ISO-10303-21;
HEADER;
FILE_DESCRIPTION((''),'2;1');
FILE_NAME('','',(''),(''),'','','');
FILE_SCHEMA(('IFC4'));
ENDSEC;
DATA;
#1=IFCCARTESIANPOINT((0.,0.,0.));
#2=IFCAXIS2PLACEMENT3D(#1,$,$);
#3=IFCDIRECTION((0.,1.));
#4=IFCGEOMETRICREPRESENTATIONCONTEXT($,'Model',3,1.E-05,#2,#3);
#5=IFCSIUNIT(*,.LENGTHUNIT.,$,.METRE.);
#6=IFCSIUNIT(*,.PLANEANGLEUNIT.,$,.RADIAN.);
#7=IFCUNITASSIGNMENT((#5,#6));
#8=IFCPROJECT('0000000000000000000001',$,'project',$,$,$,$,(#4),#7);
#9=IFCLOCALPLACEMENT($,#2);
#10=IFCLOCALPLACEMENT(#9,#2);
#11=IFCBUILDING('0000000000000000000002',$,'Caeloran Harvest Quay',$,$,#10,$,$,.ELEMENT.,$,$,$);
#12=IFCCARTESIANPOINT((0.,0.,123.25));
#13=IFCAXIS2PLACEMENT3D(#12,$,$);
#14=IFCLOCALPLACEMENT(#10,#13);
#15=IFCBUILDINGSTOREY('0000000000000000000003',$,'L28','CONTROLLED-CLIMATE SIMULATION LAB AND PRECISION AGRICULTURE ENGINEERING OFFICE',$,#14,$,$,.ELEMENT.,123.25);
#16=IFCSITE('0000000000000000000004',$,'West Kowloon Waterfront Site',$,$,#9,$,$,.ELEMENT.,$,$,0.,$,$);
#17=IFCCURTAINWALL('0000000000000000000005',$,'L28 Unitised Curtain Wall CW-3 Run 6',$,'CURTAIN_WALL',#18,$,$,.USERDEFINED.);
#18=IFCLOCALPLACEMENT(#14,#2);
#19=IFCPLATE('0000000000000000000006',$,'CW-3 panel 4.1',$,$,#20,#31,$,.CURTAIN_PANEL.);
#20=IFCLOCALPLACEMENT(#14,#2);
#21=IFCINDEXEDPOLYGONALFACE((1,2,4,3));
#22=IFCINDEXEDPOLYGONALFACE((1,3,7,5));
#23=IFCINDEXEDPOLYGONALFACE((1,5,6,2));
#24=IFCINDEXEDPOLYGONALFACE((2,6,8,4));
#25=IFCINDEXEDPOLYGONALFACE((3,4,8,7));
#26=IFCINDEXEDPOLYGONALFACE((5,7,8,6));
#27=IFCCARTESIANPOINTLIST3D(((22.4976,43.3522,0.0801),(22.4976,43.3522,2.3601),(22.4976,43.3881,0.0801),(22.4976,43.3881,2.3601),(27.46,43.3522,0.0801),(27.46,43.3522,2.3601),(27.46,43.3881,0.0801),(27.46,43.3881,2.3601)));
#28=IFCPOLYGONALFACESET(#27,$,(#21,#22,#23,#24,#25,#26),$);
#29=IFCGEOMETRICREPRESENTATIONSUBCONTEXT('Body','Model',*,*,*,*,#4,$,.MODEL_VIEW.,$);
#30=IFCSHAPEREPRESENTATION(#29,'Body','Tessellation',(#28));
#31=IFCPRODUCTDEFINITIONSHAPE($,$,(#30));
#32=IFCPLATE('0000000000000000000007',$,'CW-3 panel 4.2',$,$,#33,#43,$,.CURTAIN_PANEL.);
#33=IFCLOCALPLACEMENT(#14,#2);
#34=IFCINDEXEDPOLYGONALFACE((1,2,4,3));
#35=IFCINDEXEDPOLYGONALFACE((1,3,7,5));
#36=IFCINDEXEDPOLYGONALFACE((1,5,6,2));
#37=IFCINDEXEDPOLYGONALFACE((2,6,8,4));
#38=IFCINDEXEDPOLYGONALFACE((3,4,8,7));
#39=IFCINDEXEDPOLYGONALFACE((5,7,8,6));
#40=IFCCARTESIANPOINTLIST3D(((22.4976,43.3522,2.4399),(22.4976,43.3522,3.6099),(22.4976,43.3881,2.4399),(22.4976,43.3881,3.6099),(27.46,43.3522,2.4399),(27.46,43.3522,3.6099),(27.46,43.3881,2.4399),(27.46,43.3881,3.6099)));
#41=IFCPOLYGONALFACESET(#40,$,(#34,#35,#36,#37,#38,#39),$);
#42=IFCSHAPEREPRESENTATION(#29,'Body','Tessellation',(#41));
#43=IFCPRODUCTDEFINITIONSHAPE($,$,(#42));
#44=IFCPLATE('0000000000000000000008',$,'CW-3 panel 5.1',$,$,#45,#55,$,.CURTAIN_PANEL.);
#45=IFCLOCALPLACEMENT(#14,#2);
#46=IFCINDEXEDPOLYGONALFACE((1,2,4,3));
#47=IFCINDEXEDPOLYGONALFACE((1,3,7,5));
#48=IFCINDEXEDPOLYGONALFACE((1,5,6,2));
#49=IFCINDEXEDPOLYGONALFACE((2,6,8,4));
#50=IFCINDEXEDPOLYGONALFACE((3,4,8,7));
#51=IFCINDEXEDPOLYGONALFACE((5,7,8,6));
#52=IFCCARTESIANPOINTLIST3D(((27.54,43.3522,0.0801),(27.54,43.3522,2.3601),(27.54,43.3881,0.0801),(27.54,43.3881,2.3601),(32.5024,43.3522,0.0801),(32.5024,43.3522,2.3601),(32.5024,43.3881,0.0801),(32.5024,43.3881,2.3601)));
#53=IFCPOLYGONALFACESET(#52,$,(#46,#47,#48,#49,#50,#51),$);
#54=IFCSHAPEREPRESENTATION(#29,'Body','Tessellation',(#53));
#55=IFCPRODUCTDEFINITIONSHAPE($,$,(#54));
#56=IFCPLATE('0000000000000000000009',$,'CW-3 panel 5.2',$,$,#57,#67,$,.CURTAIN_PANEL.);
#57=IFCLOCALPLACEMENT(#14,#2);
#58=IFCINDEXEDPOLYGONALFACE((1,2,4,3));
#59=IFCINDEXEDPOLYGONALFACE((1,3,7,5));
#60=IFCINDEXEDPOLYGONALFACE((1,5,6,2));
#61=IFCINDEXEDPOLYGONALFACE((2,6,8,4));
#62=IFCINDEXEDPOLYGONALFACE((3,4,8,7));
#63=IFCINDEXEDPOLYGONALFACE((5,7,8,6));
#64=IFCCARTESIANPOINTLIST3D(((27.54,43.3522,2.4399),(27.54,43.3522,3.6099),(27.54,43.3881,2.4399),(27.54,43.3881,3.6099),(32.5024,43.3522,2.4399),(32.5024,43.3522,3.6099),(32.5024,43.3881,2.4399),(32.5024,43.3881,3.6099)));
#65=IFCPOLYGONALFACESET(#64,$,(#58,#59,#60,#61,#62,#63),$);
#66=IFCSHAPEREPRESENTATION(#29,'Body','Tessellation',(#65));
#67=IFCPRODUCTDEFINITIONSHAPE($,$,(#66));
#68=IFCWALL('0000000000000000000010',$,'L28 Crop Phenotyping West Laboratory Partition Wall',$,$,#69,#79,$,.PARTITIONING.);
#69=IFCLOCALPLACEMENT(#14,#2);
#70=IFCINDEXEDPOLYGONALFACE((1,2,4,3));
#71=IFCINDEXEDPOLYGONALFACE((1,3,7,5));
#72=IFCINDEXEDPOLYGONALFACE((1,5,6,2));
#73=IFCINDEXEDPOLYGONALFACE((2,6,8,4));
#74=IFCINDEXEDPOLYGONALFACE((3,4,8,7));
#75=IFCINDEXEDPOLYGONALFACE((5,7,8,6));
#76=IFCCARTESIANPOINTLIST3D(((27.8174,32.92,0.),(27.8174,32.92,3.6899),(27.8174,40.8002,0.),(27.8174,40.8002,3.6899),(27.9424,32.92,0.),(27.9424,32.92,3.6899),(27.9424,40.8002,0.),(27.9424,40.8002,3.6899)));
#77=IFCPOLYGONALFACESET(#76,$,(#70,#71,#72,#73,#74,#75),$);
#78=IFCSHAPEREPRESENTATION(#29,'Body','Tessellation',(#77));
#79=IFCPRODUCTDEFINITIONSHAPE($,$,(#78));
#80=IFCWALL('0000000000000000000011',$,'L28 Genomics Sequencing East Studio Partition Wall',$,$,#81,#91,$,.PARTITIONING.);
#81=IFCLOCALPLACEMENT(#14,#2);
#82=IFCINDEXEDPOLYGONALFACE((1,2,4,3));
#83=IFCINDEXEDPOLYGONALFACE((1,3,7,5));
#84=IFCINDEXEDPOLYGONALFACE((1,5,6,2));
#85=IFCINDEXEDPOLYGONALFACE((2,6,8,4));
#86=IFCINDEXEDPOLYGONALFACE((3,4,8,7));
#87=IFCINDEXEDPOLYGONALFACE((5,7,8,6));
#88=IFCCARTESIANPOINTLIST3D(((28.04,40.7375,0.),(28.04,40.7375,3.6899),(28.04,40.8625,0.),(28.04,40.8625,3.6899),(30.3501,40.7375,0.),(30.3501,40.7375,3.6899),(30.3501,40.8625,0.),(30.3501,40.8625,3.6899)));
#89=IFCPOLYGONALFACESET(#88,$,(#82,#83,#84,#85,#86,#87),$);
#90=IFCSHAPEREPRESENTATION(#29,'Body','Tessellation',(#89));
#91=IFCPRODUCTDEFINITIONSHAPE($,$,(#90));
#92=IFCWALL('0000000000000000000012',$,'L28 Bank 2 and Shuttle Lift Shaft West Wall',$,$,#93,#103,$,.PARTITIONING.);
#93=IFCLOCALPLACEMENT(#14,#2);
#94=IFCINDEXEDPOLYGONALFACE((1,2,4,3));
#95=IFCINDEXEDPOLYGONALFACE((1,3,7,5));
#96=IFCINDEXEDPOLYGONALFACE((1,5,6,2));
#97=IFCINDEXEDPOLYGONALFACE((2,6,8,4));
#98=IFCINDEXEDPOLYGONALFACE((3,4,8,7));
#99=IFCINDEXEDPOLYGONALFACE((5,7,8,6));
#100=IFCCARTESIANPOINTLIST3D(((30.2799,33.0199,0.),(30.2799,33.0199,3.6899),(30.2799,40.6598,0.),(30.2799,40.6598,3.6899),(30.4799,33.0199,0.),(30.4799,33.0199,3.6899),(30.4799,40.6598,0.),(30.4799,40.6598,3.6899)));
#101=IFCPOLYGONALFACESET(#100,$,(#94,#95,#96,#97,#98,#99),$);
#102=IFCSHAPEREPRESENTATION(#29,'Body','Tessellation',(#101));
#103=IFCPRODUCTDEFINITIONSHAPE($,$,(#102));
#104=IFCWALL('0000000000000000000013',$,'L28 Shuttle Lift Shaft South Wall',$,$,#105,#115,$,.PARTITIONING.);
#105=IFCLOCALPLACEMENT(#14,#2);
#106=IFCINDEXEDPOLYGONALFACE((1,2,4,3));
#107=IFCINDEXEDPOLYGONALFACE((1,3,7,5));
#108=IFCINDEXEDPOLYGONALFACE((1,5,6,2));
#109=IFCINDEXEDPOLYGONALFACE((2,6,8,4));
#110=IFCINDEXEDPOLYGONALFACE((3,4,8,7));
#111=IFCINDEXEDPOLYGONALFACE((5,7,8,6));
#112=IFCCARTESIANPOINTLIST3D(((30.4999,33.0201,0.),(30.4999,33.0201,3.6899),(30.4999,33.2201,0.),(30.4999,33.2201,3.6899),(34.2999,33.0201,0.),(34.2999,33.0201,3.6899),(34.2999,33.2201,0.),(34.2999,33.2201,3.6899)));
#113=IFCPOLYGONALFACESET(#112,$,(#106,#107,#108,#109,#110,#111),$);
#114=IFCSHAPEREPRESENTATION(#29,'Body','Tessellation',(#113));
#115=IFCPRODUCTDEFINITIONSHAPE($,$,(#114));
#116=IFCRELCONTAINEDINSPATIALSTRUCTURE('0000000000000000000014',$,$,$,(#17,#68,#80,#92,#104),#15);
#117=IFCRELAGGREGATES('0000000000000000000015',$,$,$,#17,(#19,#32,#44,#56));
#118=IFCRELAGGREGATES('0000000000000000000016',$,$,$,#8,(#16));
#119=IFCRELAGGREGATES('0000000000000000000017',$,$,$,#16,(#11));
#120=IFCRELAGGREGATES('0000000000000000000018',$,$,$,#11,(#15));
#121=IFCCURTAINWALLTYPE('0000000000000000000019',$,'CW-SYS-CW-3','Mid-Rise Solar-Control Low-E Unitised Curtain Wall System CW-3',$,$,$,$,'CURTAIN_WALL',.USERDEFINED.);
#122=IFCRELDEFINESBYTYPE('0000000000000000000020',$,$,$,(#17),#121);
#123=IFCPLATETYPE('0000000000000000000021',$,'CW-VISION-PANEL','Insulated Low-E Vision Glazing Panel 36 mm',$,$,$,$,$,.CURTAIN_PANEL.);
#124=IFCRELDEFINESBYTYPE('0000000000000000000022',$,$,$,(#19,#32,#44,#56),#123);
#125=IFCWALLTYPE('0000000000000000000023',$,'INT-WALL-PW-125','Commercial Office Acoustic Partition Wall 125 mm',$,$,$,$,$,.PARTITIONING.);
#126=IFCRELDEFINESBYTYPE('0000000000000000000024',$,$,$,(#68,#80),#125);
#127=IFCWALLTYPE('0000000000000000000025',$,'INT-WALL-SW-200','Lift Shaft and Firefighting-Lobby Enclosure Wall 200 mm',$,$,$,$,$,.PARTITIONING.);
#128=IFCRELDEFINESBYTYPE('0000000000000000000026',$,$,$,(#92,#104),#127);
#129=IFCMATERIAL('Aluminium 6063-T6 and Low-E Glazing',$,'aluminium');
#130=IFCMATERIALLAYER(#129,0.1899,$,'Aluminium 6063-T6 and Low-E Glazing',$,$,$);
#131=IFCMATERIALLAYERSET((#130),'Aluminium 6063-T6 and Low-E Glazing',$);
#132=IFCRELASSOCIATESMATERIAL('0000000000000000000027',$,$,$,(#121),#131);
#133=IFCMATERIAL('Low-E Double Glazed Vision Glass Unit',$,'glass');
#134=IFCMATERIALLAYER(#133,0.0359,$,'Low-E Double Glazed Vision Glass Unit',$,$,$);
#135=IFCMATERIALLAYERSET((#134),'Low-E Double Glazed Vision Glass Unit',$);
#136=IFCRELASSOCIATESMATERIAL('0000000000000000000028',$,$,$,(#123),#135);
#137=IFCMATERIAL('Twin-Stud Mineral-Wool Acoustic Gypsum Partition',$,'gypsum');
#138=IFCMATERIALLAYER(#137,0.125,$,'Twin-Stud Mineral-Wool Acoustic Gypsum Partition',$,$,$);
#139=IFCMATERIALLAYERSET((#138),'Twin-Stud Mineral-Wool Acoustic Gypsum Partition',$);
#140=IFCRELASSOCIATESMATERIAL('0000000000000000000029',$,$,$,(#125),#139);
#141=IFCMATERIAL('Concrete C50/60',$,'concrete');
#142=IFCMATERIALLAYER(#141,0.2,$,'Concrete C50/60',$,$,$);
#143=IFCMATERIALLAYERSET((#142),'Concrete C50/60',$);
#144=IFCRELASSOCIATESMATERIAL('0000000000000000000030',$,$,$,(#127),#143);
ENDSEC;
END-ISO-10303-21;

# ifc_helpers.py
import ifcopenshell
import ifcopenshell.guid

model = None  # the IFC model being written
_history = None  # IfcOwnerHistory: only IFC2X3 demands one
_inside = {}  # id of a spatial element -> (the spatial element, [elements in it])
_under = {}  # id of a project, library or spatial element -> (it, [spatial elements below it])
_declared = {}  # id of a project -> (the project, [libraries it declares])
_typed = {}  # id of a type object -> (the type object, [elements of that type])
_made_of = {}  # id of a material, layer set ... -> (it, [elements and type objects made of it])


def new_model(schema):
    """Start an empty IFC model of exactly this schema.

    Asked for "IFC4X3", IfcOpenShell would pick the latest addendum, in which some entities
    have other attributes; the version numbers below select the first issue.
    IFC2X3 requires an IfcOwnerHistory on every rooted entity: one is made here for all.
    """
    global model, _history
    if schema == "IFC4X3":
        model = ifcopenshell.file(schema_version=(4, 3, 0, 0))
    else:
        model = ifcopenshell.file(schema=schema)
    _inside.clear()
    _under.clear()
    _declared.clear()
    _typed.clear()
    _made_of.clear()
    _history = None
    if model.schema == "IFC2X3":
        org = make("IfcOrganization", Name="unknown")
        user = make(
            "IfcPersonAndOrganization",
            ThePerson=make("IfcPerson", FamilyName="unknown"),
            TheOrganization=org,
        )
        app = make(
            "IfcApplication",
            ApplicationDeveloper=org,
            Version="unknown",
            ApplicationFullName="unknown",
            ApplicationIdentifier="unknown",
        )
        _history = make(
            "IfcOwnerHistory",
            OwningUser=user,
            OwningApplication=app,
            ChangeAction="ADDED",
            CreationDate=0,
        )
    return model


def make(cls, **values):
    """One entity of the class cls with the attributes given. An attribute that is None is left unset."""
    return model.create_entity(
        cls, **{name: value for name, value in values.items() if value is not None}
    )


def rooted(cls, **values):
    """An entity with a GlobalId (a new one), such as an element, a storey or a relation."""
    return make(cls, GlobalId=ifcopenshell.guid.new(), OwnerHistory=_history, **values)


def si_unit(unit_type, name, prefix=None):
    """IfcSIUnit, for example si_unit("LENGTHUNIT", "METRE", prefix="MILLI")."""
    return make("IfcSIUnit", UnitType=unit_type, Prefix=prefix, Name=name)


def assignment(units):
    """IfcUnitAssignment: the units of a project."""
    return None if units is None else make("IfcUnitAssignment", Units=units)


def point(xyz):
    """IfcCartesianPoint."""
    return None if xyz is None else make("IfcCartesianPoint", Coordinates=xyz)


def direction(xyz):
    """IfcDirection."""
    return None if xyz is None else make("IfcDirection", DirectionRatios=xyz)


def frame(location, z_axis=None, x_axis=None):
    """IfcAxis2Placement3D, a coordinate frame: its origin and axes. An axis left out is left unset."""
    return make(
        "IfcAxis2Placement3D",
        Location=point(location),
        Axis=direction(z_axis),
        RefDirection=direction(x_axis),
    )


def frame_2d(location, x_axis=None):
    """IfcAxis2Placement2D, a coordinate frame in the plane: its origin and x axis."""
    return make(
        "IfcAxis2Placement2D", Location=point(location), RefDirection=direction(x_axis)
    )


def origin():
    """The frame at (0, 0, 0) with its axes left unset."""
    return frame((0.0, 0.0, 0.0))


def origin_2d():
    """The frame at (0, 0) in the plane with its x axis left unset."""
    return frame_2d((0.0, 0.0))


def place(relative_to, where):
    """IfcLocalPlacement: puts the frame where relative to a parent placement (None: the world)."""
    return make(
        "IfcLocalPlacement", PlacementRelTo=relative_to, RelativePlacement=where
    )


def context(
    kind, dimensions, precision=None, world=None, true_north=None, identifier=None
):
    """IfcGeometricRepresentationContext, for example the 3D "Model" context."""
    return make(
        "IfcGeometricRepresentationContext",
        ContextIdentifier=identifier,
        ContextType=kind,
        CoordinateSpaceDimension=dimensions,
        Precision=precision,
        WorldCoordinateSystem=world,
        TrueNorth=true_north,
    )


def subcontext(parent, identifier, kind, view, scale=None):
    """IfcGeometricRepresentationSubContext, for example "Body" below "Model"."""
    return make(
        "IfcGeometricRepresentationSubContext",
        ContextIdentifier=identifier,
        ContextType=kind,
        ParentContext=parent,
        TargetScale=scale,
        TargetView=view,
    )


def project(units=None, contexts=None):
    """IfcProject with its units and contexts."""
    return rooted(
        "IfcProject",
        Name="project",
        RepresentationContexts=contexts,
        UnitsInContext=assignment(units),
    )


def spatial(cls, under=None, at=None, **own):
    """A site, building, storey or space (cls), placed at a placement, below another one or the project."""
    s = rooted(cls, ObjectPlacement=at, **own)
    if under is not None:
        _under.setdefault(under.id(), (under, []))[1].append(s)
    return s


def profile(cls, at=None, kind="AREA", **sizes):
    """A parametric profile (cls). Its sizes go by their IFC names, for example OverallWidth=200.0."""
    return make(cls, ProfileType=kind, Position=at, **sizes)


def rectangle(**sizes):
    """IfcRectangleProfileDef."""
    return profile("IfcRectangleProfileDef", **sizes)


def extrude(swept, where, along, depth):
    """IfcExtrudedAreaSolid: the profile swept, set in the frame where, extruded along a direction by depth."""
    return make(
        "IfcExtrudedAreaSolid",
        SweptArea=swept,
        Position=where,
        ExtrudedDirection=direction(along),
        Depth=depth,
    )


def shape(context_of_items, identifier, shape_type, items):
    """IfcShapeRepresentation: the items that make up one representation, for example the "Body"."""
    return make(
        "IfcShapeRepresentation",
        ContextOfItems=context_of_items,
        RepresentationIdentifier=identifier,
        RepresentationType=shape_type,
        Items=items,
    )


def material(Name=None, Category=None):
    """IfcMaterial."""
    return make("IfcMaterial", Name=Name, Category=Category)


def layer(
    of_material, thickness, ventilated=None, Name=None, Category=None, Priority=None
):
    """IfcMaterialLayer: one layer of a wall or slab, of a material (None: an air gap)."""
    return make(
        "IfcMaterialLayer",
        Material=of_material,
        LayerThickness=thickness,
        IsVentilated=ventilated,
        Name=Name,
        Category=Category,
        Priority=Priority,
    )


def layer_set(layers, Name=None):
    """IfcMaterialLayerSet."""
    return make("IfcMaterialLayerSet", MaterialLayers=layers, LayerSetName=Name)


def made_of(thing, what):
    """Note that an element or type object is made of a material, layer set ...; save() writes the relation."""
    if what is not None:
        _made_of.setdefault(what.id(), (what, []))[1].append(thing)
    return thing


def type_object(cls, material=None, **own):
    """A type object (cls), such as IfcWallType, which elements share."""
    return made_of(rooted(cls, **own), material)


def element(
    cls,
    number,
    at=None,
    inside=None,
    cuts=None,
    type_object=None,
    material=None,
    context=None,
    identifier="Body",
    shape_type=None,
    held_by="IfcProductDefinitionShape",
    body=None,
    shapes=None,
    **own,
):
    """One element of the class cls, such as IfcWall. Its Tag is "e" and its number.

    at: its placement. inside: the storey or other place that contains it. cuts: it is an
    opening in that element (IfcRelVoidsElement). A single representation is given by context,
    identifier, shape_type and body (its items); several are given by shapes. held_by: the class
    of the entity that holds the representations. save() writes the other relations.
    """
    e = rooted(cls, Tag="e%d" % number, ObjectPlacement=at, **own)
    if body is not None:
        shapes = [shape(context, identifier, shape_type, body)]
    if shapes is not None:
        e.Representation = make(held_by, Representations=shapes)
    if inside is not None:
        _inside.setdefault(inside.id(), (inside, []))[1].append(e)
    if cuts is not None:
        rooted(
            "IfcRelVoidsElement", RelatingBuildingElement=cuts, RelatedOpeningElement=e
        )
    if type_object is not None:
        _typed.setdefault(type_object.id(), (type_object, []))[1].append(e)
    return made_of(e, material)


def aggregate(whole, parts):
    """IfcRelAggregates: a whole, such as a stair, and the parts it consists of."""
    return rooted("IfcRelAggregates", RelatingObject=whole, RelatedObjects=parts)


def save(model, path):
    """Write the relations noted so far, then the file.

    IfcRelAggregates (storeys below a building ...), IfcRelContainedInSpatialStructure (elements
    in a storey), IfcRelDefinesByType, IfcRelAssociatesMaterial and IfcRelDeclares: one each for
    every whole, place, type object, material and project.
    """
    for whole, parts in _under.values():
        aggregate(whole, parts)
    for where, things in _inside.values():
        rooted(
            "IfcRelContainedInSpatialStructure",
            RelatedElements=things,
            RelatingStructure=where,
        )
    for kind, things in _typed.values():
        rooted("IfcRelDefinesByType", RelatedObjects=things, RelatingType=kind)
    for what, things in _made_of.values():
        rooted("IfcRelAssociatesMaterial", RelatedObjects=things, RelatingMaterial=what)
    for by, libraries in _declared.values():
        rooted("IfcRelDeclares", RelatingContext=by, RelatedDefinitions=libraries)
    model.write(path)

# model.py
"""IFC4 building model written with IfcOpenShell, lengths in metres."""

from ifc_helpers import new_model, si_unit, direction, frame, frame_2d, origin, origin_2d, place, context, subcontext, project, spatial, rectangle, extrude, material, layer, layer_set, type_object, element, aggregate, save


model = new_model("IFC4")

# Units and contexts
model_context = context("Model", 3, precision=1e-05, world=origin(), true_north=direction((0.0, 1.0)))
body_context = subcontext(model_context, "Body", "Model", "MODEL_VIEW")
ifc_project = project(units=[si_unit("LENGTHUNIT", "METRE"), si_unit("PLANEANGLEUNIT", "RADIAN")], contexts=[model_context])

# Site, building, storey
site_placement = place(None, origin())
site = spatial("IfcSite", under=ifc_project, at=site_placement, Name="West Kowloon Waterfront Site", CompositionType="ELEMENT", RefElevation=0.0)
building_placement = place(site_placement, origin())
building = spatial("IfcBuilding", under=site, at=building_placement, Name="Caeloran Harvest Quay", CompositionType="ELEMENT")
storey_placement = place(building_placement, frame((0.0, 0.0, 123.25)))
storey = spatial("IfcBuildingStorey", under=building, at=storey_placement, Name="L28", Description="CONTROLLED-CLIMATE SIMULATION LAB AND PRECISION AGRICULTURE ENGINEERING OFFICE", CompositionType="ELEMENT", Elevation=123.25)

# Curtain wall, plates
ifc_material_1 = material(Name="Aluminium 6063-T6 and Low-E Glazing", Category="aluminium")
ifc_layer_1 = layer(ifc_material_1, 0.1899, Name="Aluminium 6063-T6 and Low-E Glazing")
ifc_layer_set_1 = layer_set([ifc_layer_1], Name="Aluminium 6063-T6 and Low-E Glazing")
curtain_wall_type = type_object("IfcCurtainWallType", Name="CW-SYS-CW-3", Description="Mid-Rise Solar-Control Low-E Unitised Curtain Wall System CW-3", ElementType="CURTAIN_WALL", PredefinedType="USERDEFINED", material=ifc_layer_set_1)
curtain_wall_placement = place(storey_placement, origin())
curtain_wall = element("IfcCurtainWall", 1, at=curtain_wall_placement, inside=storey, type_object=curtain_wall_type, Name="L28 Unitised Curtain Wall CW-3 Run 6", ObjectType="CURTAIN_WALL", PredefinedType="USERDEFINED")
ifc_material_2 = material(Name="Low-E Double Glazed Vision Glass Unit", Category="glass")
ifc_layer_2 = layer(ifc_material_2, 0.0359, Name="Low-E Double Glazed Vision Glass Unit")
ifc_layer_set_2 = layer_set([ifc_layer_2], Name="Low-E Double Glazed Vision Glass Unit")
plate_type = type_object("IfcPlateType", Name="CW-VISION-PANEL", Description="Insulated Low-E Vision Glazing Panel 36 mm", PredefinedType="CURTAIN_PANEL", material=ifc_layer_set_2)
plate_1_placement = place(storey_placement, frame((24.9788, 43.3701, 0.0801), z_axis=(0.0, 0.0, 1.0), x_axis=(1.0, 0.0, 0.0)))
plate_1 = element("IfcPlate", 2, at=plate_1_placement, type_object=plate_type, Name="CW-3 panel 4.1", PredefinedType="CURTAIN_PANEL", context=body_context, shape_type="SweptSolid", body=[
    extrude(rectangle(XDim=4.9624, YDim=0.0359, at=origin_2d()), origin(), (0.0, 0.0, 1.0), 2.28),
])
plate_2_placement = place(storey_placement, frame((24.9788, 43.3701, 2.4399), z_axis=(0.0, 0.0, 1.0), x_axis=(1.0, 0.0, 0.0)))
plate_2 = element("IfcPlate", 3, at=plate_2_placement, type_object=plate_type, Name="CW-3 panel 4.2", PredefinedType="CURTAIN_PANEL", context=body_context, shape_type="SweptSolid", body=[
    extrude(rectangle(XDim=4.9624, YDim=0.0359, at=origin_2d()), origin(), (0.0, 0.0, 1.0), 1.1699),
])
plate_3_placement = place(storey_placement, frame((30.0212, 43.3701, 0.0801), z_axis=(0.0, 0.0, 1.0), x_axis=(1.0, 0.0, 0.0)))
plate_3 = element("IfcPlate", 4, at=plate_3_placement, type_object=plate_type, Name="CW-3 panel 5.1", PredefinedType="CURTAIN_PANEL", context=body_context, shape_type="SweptSolid", body=[
    extrude(rectangle(XDim=4.9624, YDim=0.0359, at=origin_2d()), origin(), (0.0, 0.0, 1.0), 2.28),
])
plate_4_placement = place(storey_placement, frame((30.0212, 43.3701, 2.4399), z_axis=(0.0, 0.0, 1.0), x_axis=(1.0, 0.0, 0.0)))
plate_4 = element("IfcPlate", 5, at=plate_4_placement, type_object=plate_type, Name="CW-3 panel 5.2", PredefinedType="CURTAIN_PANEL", context=body_context, shape_type="SweptSolid", body=[
    extrude(rectangle(XDim=4.9624, YDim=0.0359, at=origin_2d()), origin(), (0.0, 0.0, 1.0), 1.1699),
])
aggregate(curtain_wall, [plate_1, plate_2, plate_3, plate_4])

# Wall
ifc_material_3 = material(Name="Twin-Stud Mineral-Wool Acoustic Gypsum Partition", Category="gypsum")
ifc_layer_3 = layer(ifc_material_3, 0.125, Name="Twin-Stud Mineral-Wool Acoustic Gypsum Partition")
ifc_layer_set_3 = layer_set([ifc_layer_3], Name="Twin-Stud Mineral-Wool Acoustic Gypsum Partition")
wall_type_1 = type_object("IfcWallType", Name="INT-WALL-PW-125", Description="Commercial Office Acoustic Partition Wall 125 mm", PredefinedType="PARTITIONING", material=ifc_layer_set_3)
wall_1_placement = place(storey_placement, frame((27.8799, 40.8, 0.0), z_axis=(0.0, 0.0, 1.0), x_axis=(0.0, -1.0, 0.0)))
element("IfcWall", 6, at=wall_1_placement, inside=storey, type_object=wall_type_1, Name="L28 Crop Phenotyping West Laboratory Partition Wall", PredefinedType="PARTITIONING", context=body_context, shape_type="SweptSolid", body=[
    extrude(rectangle(XDim=7.8801, YDim=0.125, at=frame_2d((3.9399, 0.0))), origin(), (0.0, 0.0, 1.0), 3.6899),
])

# Walls
wall_2_placement = place(storey_placement, frame((28.04, 40.8, 0.0), z_axis=(0.0, 0.0, 1.0), x_axis=(1.0, 0.0, 0.0)))
element("IfcWall", 7, at=wall_2_placement, inside=storey, type_object=wall_type_1, Name="L28 Genomics Sequencing East Studio Partition Wall", PredefinedType="PARTITIONING", context=body_context, shape_type="SweptSolid", body=[
    extrude(rectangle(XDim=2.3101, YDim=0.125, at=frame_2d((1.155, 0.0))), origin(), (0.0, 0.0, 1.0), 3.6899),
])
ifc_material_4 = material(Name="Concrete C50/60", Category="concrete")
ifc_layer_4 = layer(ifc_material_4, 0.2, Name="Concrete C50/60")
ifc_layer_set_4 = layer_set([ifc_layer_4], Name="Concrete C50/60")
wall_type_2 = type_object("IfcWallType", Name="INT-WALL-SW-200", Description="Lift Shaft and Firefighting-Lobby Enclosure Wall 200 mm", PredefinedType="PARTITIONING", material=ifc_layer_set_4)
wall_3_placement = place(storey_placement, frame((30.3799, 33.02, 0.0), z_axis=(0.0, 0.0, 1.0), x_axis=(0.0, 1.0, 0.0)))
element("IfcWall", 8, at=wall_3_placement, inside=storey, type_object=wall_type_2, Name="L28 Bank 2 and Shuttle Lift Shaft West Wall", PredefinedType="PARTITIONING", context=body_context, shape_type="SweptSolid", body=[
    extrude(rectangle(XDim=7.6399, YDim=0.2, at=frame_2d((3.8198, 0.0))), origin(), (0.0, 0.0, 1.0), 3.6899),
])
wall_4_placement = place(storey_placement, frame((30.5, 33.1201, 0.0), z_axis=(0.0, 0.0, 1.0), x_axis=(1.0, 0.0, 0.0)))
element("IfcWall", 9, at=wall_4_placement, inside=storey, type_object=wall_type_2, Name="L28 Shuttle Lift Shaft South Wall", PredefinedType="PARTITIONING", context=body_context, shape_type="SweptSolid", body=[
    extrude(rectangle(XDim=3.8, YDim=0.2, at=frame_2d((1.8999, 0.0))), origin(), (0.0, 0.0, 1.0), 3.6899),
])

save(model, "model.ifc")
